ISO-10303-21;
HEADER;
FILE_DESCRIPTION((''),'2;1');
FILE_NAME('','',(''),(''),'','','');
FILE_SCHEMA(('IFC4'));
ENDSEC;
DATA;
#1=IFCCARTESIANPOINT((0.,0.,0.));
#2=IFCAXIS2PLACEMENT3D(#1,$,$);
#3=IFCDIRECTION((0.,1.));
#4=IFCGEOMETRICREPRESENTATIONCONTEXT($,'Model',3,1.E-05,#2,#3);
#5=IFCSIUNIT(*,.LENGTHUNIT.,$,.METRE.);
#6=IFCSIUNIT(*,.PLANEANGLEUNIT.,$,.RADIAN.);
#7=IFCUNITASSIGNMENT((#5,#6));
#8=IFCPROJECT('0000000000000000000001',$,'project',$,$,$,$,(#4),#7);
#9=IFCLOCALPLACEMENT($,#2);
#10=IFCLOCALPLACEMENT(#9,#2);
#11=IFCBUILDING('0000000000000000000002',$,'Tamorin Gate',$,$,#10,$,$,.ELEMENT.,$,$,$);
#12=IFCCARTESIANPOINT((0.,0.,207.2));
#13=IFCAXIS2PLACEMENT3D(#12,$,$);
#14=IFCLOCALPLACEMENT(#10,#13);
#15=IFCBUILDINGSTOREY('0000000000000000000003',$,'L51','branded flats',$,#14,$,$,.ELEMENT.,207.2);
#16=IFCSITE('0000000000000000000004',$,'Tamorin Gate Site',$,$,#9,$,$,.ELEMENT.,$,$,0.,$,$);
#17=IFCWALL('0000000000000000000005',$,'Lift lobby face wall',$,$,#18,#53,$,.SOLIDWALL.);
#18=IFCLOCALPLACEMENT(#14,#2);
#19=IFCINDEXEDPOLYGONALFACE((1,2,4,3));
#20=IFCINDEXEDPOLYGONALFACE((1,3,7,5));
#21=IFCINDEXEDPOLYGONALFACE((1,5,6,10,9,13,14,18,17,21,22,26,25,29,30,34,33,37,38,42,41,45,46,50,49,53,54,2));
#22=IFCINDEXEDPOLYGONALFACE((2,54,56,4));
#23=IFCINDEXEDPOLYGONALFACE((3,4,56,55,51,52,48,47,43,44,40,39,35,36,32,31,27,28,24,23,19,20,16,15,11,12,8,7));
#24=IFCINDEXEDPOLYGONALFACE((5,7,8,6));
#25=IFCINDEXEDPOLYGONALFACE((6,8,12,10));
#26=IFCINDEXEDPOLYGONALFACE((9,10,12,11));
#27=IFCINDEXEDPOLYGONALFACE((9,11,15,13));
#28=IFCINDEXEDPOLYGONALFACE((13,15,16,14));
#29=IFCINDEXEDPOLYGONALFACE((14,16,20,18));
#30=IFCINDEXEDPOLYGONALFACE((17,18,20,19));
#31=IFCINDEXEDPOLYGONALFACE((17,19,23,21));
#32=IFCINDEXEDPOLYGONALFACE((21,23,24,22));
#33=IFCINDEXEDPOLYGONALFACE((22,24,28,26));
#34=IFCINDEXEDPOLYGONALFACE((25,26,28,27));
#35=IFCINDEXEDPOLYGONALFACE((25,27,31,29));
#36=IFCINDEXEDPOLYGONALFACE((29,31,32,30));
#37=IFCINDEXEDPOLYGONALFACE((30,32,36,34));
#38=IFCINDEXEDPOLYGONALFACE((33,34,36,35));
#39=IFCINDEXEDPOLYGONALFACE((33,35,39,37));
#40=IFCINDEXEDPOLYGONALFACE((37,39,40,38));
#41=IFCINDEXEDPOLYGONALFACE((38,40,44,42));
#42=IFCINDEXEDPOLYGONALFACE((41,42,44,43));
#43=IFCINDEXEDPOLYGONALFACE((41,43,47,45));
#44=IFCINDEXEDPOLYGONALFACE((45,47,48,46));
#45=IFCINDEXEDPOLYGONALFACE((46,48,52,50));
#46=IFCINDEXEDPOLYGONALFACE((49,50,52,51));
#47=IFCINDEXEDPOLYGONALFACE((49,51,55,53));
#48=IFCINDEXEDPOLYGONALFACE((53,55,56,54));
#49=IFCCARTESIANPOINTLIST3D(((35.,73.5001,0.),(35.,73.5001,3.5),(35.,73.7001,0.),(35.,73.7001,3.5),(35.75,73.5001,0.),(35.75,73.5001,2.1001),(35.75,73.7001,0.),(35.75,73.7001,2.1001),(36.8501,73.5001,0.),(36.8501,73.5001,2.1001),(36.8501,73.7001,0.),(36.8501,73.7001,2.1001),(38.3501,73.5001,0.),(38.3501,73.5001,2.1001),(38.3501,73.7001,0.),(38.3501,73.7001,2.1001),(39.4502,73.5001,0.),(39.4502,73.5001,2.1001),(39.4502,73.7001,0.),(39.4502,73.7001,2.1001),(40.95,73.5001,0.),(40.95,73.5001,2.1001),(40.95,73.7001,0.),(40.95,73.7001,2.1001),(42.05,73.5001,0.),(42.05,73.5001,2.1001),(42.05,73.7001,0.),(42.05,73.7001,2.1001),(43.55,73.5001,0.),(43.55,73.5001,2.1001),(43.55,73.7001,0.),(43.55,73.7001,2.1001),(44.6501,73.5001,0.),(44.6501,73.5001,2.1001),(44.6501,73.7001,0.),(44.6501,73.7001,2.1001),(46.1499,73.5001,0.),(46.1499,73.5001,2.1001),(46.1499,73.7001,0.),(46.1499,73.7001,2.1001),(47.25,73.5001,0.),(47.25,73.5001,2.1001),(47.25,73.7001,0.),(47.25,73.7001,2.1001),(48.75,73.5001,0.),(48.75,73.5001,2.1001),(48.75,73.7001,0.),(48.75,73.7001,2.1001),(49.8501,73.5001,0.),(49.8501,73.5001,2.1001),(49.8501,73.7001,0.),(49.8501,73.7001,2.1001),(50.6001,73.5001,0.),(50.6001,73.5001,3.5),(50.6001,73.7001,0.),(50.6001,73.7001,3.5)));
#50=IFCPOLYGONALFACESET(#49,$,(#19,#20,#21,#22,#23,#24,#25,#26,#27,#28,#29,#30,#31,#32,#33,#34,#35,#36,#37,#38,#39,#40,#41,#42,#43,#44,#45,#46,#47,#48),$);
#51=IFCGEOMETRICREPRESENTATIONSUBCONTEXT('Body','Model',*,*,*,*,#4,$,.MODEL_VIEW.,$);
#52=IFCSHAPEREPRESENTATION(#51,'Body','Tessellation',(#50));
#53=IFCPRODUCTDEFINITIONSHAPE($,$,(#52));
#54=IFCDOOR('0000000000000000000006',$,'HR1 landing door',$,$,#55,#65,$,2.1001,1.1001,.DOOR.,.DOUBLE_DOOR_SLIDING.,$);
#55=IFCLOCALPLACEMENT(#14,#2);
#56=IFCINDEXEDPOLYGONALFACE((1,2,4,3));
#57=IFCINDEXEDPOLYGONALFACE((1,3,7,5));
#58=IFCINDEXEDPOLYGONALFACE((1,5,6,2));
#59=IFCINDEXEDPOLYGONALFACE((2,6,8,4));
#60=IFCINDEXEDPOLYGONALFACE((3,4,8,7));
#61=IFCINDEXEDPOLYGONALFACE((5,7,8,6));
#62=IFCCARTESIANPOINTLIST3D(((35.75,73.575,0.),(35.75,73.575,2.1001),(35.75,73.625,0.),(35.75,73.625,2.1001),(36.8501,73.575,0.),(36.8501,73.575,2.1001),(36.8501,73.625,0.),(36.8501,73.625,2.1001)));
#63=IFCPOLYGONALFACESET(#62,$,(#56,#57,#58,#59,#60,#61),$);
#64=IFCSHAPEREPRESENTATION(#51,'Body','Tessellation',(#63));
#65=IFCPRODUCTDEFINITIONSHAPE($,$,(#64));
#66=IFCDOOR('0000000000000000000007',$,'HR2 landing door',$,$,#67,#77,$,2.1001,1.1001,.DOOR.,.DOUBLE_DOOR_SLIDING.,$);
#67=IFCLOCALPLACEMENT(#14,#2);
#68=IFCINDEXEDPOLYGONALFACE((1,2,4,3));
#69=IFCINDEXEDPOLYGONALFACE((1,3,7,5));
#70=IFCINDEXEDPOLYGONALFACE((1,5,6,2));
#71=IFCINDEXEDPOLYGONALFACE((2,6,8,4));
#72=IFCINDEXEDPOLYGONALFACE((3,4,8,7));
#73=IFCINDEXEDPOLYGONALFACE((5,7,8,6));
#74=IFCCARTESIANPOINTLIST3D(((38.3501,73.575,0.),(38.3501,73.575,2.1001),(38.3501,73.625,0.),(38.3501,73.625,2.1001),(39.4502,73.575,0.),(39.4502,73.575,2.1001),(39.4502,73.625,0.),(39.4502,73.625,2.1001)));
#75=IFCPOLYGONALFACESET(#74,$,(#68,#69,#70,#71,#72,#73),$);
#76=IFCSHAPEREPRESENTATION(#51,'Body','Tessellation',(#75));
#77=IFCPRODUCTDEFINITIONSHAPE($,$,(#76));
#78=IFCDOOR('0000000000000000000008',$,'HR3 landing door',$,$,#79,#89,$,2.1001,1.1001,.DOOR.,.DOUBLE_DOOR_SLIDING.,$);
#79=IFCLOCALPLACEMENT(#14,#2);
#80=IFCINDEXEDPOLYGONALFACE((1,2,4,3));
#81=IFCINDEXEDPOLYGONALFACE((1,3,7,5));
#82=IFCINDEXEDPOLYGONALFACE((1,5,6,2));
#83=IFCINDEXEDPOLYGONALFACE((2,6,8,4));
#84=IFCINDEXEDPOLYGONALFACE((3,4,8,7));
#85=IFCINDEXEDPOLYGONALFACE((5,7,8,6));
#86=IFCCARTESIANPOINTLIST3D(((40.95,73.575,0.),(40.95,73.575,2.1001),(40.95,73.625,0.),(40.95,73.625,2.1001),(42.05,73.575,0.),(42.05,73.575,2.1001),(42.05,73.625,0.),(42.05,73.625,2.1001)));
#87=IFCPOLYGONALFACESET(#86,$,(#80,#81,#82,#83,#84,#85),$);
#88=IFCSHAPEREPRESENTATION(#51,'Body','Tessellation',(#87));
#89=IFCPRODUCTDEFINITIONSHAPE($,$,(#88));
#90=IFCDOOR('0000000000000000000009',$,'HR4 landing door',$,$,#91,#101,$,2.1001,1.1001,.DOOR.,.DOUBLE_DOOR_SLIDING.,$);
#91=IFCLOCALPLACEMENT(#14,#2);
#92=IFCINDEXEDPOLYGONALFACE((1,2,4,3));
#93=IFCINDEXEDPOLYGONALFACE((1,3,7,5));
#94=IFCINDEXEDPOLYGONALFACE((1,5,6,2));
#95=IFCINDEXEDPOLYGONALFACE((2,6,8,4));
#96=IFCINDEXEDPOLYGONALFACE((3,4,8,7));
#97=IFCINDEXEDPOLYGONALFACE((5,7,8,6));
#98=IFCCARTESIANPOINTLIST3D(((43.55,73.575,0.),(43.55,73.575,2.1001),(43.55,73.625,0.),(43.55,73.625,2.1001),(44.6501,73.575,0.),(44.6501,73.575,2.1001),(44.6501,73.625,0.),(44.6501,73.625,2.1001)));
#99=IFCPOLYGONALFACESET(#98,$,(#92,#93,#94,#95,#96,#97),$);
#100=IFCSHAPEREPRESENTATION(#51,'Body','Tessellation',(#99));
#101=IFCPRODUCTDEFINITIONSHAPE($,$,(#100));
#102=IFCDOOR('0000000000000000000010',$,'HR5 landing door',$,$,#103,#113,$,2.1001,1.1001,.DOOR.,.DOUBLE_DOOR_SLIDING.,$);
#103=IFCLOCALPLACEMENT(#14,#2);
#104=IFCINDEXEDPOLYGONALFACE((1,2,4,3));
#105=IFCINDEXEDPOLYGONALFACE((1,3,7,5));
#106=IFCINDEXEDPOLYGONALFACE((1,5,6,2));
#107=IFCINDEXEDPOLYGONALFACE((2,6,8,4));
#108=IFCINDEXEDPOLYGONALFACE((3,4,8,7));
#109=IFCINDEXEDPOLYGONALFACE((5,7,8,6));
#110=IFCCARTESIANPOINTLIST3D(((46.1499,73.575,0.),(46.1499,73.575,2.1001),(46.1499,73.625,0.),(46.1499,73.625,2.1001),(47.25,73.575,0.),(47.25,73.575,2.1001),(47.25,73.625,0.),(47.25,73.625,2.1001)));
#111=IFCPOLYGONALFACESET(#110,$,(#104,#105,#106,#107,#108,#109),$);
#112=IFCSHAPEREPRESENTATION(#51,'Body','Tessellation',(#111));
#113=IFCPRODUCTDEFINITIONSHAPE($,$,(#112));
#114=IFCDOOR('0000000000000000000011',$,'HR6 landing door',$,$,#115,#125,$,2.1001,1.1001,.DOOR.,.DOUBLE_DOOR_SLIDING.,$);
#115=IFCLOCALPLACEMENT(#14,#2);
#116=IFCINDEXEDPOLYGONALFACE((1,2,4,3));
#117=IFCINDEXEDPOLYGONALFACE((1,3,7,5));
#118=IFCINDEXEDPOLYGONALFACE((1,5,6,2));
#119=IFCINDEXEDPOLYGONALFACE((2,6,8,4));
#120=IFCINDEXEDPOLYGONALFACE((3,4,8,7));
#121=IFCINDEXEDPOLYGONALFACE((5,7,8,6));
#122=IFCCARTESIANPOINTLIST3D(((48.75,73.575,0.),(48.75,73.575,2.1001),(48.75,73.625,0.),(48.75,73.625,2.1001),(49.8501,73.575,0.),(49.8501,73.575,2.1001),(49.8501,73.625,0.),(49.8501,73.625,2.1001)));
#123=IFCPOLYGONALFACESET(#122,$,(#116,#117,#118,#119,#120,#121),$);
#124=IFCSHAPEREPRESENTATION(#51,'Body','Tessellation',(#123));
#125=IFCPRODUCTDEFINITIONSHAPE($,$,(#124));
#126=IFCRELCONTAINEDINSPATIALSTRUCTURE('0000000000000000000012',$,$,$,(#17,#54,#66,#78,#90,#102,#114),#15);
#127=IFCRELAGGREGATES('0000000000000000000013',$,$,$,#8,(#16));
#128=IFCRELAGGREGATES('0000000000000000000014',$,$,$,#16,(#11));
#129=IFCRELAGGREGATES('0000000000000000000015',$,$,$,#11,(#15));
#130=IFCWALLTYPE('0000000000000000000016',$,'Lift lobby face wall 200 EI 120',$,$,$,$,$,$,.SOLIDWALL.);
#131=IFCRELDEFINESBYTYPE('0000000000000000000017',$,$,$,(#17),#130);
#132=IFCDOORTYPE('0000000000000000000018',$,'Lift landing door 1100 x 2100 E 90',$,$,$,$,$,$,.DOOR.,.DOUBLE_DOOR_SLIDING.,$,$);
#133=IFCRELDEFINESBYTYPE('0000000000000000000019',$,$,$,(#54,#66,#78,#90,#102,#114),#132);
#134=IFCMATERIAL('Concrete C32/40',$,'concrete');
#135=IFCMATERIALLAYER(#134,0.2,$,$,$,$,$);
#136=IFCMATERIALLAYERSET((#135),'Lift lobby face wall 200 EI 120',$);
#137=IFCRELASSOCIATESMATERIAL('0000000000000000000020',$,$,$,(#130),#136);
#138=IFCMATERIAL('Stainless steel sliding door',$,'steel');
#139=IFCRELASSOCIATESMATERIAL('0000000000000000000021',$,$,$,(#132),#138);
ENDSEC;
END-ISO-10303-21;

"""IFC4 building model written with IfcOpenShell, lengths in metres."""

from ifc_helpers import new_model, si_unit, direction, frame, frame_2d, origin, place, context, subcontext, project, spatial, rectangle, extrude, material, layer, layer_set, type_object, element, fill, save


model = new_model("IFC4")

# Units and contexts
model_context = context("Model", 3, precision=1e-05, world=origin(), true_north=direction((0.0, 1.0)))
body_context = subcontext(model_context, "Body", "Model", "MODEL_VIEW")
ifc_project = project(units=[si_unit("LENGTHUNIT", "METRE"), si_unit("PLANEANGLEUNIT", "RADIAN")], contexts=[model_context])

# Site, building, storey
site_placement = place(None, origin())
site = spatial("IfcSite", under=ifc_project, at=site_placement, Name="Tamorin Gate Site", CompositionType="ELEMENT", RefElevation=0.0)
building_placement = place(site_placement, origin())
building = spatial("IfcBuilding", under=site, at=building_placement, Name="Tamorin Gate", CompositionType="ELEMENT")
storey_placement = place(building_placement, frame((0.0, 0.0, 207.2)))
storey = spatial("IfcBuildingStorey", under=building, at=storey_placement, Name="L51", Description="branded flats", CompositionType="ELEMENT", Elevation=207.2)

# Wall, openings, doors
ifc_material_1 = material(Name="Concrete C32/40", Category="concrete")
ifc_layer_1 = layer(ifc_material_1, 0.2)
ifc_layer_set_1 = layer_set([ifc_layer_1], Name="Lift lobby face wall 200 EI 120")
wall_type_1 = type_object("IfcWallType", Name="Lift lobby face wall 200 EI 120", PredefinedType="SOLIDWALL", material=ifc_layer_set_1)
wall_1_placement = place(storey_placement, frame((35.0, 73.6001, 0.0), z_axis=(0.0, 0.0, 1.0), x_axis=(1.0, 0.0, 0.0)))
wall_1 = element("IfcWall", 1, at=wall_1_placement, inside=storey, type_object=wall_type_1, Name="Lift lobby face wall", PredefinedType="SOLIDWALL", context=body_context, shape_type="SweptSolid", body=[
    extrude(rectangle(XDim=15.6001, YDim=0.2, at=frame_2d((7.8, 0.0))), origin(), (0.0, 0.0, 1.0), 3.5),
])
opening_1_placement = place(wall_1_placement, frame((0.75, 0.0, 0.0)))
opening_1 = element("IfcOpeningElement", 2, at=opening_1_placement, cuts=wall_1, PredefinedType="OPENING", context=body_context, shape_type="SweptSolid", body=[
    extrude(rectangle(XDim=1.1001, YDim=2.1001, at=frame_2d((0.55, 1.05))), frame((0.0, 0.1099, 0.0), z_axis=(0.0, -1.0, 0.0), x_axis=(1.0, 0.0, 0.0)), (0.0, 0.0, 1.0), 0.22),
])
opening_2_placement = place(wall_1_placement, frame((3.3501, 0.0, 0.0)))
opening_2 = element("IfcOpeningElement", 3, at=opening_2_placement, cuts=wall_1, PredefinedType="OPENING", context=body_context, shape_type="SweptSolid", body=[
    extrude(rectangle(XDim=1.1001, YDim=2.1001, at=frame_2d((0.55, 1.05))), frame((0.0, 0.1099, 0.0), z_axis=(0.0, -1.0, 0.0), x_axis=(1.0, 0.0, 0.0)), (0.0, 0.0, 1.0), 0.22),
])
opening_3_placement = place(wall_1_placement, frame((5.95, 0.0, 0.0)))
opening_3 = element("IfcOpeningElement", 4, at=opening_3_placement, cuts=wall_1, PredefinedType="OPENING", context=body_context, shape_type="SweptSolid", body=[
    extrude(rectangle(XDim=1.1001, YDim=2.1001, at=frame_2d((0.55, 1.05))), frame((0.0, 0.1099, 0.0), z_axis=(0.0, -1.0, 0.0), x_axis=(1.0, 0.0, 0.0)), (0.0, 0.0, 1.0), 0.22),
])
opening_4_placement = place(wall_1_placement, frame((8.55, 0.0, 0.0)))
opening_4 = element("IfcOpeningElement", 5, at=opening_4_placement, cuts=wall_1, PredefinedType="OPENING", context=body_context, shape_type="SweptSolid", body=[
    extrude(rectangle(XDim=1.1001, YDim=2.1001, at=frame_2d((0.55, 1.05))), frame((0.0, 0.1099, 0.0), z_axis=(0.0, -1.0, 0.0), x_axis=(1.0, 0.0, 0.0)), (0.0, 0.0, 1.0), 0.22),
])
opening_5_placement = place(wall_1_placement, frame((11.1499, 0.0, 0.0)))
opening_5 = element("IfcOpeningElement", 6, at=opening_5_placement, cuts=wall_1, PredefinedType="OPENING", context=body_context, shape_type="SweptSolid", body=[
    extrude(rectangle(XDim=1.1001, YDim=2.1001, at=frame_2d((0.55, 1.05))), frame((0.0, 0.1099, 0.0), z_axis=(0.0, -1.0, 0.0), x_axis=(1.0, 0.0, 0.0)), (0.0, 0.0, 1.0), 0.22),
])
opening_6_placement = place(wall_1_placement, frame((13.75, 0.0, 0.0)))
opening_6 = element("IfcOpeningElement", 7, at=opening_6_placement, cuts=wall_1, PredefinedType="OPENING", context=body_context, shape_type="SweptSolid", body=[
    extrude(rectangle(XDim=1.1001, YDim=2.1001, at=frame_2d((0.55, 1.05))), frame((0.0, 0.1099, 0.0), z_axis=(0.0, -1.0, 0.0), x_axis=(1.0, 0.0, 0.0)), (0.0, 0.0, 1.0), 0.22),
])
ifc_material_2 = material(Name="Stainless steel sliding door", Category="steel")
door_type_1 = type_object("IfcDoorType", Name="Lift landing door 1100 x 2100 E 90", OperationType="DOUBLE_DOOR_SLIDING", PredefinedType="DOOR", material=ifc_material_2)
door_1_placement = place(opening_1_placement, origin())
door_1 = element("IfcDoor", 8, at=door_1_placement, inside=storey, type_object=door_type_1, Name="HR1 landing door", OperationType="DOUBLE_DOOR_SLIDING", OverallHeight=2.1001, OverallWidth=1.1001, PredefinedType="DOOR", context=body_context, shape_type="SweptSolid", body=[
    extrude(rectangle(XDim=1.1001, YDim=2.1001, at=frame_2d((0.55, 1.05))), frame((0.0, 0.0249, 0.0), z_axis=(0.0, -1.0, 0.0), x_axis=(1.0, 0.0, 0.0)), (0.0, 0.0, 1.0), 0.05),
])
fill(opening_1, door_1)
door_2_placement = place(opening_2_placement, origin())
door_2 = element("IfcDoor", 9, at=door_2_placement, inside=storey, type_object=door_type_1, Name="HR2 landing door", OperationType="DOUBLE_DOOR_SLIDING", OverallHeight=2.1001, OverallWidth=1.1001, PredefinedType="DOOR", context=body_context, shape_type="SweptSolid", body=[
    extrude(rectangle(XDim=1.1001, YDim=2.1001, at=frame_2d((0.55, 1.05))), frame((0.0, 0.0249, 0.0), z_axis=(0.0, -1.0, 0.0), x_axis=(1.0, 0.0, 0.0)), (0.0, 0.0, 1.0), 0.05),
])
fill(opening_2, door_2)
door_3_placement = place(opening_3_placement, origin())
door_3 = element("IfcDoor", 10, at=door_3_placement, inside=storey, type_object=door_type_1, Name="HR3 landing door", OperationType="DOUBLE_DOOR_SLIDING", OverallHeight=2.1001, OverallWidth=1.1001, PredefinedType="DOOR", context=body_context, shape_type="SweptSolid", body=[
    extrude(rectangle(XDim=1.1001, YDim=2.1001, at=frame_2d((0.55, 1.05))), frame((0.0, 0.0249, 0.0), z_axis=(0.0, -1.0, 0.0), x_axis=(1.0, 0.0, 0.0)), (0.0, 0.0, 1.0), 0.05),
])
fill(opening_3, door_3)
door_4_placement = place(opening_4_placement, origin())
door_4 = element("IfcDoor", 11, at=door_4_placement, inside=storey, type_object=door_type_1, Name="HR4 landing door", OperationType="DOUBLE_DOOR_SLIDING", OverallHeight=2.1001, OverallWidth=1.1001, PredefinedType="DOOR", context=body_context, shape_type="SweptSolid", body=[
    extrude(rectangle(XDim=1.1001, YDim=2.1001, at=frame_2d((0.55, 1.05))), frame((0.0, 0.0249, 0.0), z_axis=(0.0, -1.0, 0.0), x_axis=(1.0, 0.0, 0.0)), (0.0, 0.0, 1.0), 0.05),
])
fill(opening_4, door_4)
door_5_placement = place(opening_5_placement, origin())
door_5 = element("IfcDoor", 12, at=door_5_placement, inside=storey, type_object=door_type_1, Name="HR5 landing door", OperationType="DOUBLE_DOOR_SLIDING", OverallHeight=2.1001, OverallWidth=1.1001, PredefinedType="DOOR", context=body_context, shape_type="SweptSolid", body=[
    extrude(rectangle(XDim=1.1001, YDim=2.1001, at=frame_2d((0.55, 1.05))), frame((0.0, 0.0249, 0.0), z_axis=(0.0, -1.0, 0.0), x_axis=(1.0, 0.0, 0.0)), (0.0, 0.0, 1.0), 0.05),
])
fill(opening_5, door_5)
door_6_placement = place(opening_6_placement, origin())
door_6 = element("IfcDoor", 13, at=door_6_placement, inside=storey, type_object=door_type_1, Name="HR6 landing door", OperationType="DOUBLE_DOOR_SLIDING", OverallHeight=2.1001, OverallWidth=1.1001, PredefinedType="DOOR", context=body_context, shape_type="SweptSolid", body=[
    extrude(rectangle(XDim=1.1001, YDim=2.1001, at=frame_2d((0.55, 1.05))), frame((0.0, 0.0249, 0.0), z_axis=(0.0, -1.0, 0.0), x_axis=(1.0, 0.0, 0.0)), (0.0, 0.0, 1.0), 0.05),
])
fill(opening_6, door_6)

save(model, "model.ifc")
